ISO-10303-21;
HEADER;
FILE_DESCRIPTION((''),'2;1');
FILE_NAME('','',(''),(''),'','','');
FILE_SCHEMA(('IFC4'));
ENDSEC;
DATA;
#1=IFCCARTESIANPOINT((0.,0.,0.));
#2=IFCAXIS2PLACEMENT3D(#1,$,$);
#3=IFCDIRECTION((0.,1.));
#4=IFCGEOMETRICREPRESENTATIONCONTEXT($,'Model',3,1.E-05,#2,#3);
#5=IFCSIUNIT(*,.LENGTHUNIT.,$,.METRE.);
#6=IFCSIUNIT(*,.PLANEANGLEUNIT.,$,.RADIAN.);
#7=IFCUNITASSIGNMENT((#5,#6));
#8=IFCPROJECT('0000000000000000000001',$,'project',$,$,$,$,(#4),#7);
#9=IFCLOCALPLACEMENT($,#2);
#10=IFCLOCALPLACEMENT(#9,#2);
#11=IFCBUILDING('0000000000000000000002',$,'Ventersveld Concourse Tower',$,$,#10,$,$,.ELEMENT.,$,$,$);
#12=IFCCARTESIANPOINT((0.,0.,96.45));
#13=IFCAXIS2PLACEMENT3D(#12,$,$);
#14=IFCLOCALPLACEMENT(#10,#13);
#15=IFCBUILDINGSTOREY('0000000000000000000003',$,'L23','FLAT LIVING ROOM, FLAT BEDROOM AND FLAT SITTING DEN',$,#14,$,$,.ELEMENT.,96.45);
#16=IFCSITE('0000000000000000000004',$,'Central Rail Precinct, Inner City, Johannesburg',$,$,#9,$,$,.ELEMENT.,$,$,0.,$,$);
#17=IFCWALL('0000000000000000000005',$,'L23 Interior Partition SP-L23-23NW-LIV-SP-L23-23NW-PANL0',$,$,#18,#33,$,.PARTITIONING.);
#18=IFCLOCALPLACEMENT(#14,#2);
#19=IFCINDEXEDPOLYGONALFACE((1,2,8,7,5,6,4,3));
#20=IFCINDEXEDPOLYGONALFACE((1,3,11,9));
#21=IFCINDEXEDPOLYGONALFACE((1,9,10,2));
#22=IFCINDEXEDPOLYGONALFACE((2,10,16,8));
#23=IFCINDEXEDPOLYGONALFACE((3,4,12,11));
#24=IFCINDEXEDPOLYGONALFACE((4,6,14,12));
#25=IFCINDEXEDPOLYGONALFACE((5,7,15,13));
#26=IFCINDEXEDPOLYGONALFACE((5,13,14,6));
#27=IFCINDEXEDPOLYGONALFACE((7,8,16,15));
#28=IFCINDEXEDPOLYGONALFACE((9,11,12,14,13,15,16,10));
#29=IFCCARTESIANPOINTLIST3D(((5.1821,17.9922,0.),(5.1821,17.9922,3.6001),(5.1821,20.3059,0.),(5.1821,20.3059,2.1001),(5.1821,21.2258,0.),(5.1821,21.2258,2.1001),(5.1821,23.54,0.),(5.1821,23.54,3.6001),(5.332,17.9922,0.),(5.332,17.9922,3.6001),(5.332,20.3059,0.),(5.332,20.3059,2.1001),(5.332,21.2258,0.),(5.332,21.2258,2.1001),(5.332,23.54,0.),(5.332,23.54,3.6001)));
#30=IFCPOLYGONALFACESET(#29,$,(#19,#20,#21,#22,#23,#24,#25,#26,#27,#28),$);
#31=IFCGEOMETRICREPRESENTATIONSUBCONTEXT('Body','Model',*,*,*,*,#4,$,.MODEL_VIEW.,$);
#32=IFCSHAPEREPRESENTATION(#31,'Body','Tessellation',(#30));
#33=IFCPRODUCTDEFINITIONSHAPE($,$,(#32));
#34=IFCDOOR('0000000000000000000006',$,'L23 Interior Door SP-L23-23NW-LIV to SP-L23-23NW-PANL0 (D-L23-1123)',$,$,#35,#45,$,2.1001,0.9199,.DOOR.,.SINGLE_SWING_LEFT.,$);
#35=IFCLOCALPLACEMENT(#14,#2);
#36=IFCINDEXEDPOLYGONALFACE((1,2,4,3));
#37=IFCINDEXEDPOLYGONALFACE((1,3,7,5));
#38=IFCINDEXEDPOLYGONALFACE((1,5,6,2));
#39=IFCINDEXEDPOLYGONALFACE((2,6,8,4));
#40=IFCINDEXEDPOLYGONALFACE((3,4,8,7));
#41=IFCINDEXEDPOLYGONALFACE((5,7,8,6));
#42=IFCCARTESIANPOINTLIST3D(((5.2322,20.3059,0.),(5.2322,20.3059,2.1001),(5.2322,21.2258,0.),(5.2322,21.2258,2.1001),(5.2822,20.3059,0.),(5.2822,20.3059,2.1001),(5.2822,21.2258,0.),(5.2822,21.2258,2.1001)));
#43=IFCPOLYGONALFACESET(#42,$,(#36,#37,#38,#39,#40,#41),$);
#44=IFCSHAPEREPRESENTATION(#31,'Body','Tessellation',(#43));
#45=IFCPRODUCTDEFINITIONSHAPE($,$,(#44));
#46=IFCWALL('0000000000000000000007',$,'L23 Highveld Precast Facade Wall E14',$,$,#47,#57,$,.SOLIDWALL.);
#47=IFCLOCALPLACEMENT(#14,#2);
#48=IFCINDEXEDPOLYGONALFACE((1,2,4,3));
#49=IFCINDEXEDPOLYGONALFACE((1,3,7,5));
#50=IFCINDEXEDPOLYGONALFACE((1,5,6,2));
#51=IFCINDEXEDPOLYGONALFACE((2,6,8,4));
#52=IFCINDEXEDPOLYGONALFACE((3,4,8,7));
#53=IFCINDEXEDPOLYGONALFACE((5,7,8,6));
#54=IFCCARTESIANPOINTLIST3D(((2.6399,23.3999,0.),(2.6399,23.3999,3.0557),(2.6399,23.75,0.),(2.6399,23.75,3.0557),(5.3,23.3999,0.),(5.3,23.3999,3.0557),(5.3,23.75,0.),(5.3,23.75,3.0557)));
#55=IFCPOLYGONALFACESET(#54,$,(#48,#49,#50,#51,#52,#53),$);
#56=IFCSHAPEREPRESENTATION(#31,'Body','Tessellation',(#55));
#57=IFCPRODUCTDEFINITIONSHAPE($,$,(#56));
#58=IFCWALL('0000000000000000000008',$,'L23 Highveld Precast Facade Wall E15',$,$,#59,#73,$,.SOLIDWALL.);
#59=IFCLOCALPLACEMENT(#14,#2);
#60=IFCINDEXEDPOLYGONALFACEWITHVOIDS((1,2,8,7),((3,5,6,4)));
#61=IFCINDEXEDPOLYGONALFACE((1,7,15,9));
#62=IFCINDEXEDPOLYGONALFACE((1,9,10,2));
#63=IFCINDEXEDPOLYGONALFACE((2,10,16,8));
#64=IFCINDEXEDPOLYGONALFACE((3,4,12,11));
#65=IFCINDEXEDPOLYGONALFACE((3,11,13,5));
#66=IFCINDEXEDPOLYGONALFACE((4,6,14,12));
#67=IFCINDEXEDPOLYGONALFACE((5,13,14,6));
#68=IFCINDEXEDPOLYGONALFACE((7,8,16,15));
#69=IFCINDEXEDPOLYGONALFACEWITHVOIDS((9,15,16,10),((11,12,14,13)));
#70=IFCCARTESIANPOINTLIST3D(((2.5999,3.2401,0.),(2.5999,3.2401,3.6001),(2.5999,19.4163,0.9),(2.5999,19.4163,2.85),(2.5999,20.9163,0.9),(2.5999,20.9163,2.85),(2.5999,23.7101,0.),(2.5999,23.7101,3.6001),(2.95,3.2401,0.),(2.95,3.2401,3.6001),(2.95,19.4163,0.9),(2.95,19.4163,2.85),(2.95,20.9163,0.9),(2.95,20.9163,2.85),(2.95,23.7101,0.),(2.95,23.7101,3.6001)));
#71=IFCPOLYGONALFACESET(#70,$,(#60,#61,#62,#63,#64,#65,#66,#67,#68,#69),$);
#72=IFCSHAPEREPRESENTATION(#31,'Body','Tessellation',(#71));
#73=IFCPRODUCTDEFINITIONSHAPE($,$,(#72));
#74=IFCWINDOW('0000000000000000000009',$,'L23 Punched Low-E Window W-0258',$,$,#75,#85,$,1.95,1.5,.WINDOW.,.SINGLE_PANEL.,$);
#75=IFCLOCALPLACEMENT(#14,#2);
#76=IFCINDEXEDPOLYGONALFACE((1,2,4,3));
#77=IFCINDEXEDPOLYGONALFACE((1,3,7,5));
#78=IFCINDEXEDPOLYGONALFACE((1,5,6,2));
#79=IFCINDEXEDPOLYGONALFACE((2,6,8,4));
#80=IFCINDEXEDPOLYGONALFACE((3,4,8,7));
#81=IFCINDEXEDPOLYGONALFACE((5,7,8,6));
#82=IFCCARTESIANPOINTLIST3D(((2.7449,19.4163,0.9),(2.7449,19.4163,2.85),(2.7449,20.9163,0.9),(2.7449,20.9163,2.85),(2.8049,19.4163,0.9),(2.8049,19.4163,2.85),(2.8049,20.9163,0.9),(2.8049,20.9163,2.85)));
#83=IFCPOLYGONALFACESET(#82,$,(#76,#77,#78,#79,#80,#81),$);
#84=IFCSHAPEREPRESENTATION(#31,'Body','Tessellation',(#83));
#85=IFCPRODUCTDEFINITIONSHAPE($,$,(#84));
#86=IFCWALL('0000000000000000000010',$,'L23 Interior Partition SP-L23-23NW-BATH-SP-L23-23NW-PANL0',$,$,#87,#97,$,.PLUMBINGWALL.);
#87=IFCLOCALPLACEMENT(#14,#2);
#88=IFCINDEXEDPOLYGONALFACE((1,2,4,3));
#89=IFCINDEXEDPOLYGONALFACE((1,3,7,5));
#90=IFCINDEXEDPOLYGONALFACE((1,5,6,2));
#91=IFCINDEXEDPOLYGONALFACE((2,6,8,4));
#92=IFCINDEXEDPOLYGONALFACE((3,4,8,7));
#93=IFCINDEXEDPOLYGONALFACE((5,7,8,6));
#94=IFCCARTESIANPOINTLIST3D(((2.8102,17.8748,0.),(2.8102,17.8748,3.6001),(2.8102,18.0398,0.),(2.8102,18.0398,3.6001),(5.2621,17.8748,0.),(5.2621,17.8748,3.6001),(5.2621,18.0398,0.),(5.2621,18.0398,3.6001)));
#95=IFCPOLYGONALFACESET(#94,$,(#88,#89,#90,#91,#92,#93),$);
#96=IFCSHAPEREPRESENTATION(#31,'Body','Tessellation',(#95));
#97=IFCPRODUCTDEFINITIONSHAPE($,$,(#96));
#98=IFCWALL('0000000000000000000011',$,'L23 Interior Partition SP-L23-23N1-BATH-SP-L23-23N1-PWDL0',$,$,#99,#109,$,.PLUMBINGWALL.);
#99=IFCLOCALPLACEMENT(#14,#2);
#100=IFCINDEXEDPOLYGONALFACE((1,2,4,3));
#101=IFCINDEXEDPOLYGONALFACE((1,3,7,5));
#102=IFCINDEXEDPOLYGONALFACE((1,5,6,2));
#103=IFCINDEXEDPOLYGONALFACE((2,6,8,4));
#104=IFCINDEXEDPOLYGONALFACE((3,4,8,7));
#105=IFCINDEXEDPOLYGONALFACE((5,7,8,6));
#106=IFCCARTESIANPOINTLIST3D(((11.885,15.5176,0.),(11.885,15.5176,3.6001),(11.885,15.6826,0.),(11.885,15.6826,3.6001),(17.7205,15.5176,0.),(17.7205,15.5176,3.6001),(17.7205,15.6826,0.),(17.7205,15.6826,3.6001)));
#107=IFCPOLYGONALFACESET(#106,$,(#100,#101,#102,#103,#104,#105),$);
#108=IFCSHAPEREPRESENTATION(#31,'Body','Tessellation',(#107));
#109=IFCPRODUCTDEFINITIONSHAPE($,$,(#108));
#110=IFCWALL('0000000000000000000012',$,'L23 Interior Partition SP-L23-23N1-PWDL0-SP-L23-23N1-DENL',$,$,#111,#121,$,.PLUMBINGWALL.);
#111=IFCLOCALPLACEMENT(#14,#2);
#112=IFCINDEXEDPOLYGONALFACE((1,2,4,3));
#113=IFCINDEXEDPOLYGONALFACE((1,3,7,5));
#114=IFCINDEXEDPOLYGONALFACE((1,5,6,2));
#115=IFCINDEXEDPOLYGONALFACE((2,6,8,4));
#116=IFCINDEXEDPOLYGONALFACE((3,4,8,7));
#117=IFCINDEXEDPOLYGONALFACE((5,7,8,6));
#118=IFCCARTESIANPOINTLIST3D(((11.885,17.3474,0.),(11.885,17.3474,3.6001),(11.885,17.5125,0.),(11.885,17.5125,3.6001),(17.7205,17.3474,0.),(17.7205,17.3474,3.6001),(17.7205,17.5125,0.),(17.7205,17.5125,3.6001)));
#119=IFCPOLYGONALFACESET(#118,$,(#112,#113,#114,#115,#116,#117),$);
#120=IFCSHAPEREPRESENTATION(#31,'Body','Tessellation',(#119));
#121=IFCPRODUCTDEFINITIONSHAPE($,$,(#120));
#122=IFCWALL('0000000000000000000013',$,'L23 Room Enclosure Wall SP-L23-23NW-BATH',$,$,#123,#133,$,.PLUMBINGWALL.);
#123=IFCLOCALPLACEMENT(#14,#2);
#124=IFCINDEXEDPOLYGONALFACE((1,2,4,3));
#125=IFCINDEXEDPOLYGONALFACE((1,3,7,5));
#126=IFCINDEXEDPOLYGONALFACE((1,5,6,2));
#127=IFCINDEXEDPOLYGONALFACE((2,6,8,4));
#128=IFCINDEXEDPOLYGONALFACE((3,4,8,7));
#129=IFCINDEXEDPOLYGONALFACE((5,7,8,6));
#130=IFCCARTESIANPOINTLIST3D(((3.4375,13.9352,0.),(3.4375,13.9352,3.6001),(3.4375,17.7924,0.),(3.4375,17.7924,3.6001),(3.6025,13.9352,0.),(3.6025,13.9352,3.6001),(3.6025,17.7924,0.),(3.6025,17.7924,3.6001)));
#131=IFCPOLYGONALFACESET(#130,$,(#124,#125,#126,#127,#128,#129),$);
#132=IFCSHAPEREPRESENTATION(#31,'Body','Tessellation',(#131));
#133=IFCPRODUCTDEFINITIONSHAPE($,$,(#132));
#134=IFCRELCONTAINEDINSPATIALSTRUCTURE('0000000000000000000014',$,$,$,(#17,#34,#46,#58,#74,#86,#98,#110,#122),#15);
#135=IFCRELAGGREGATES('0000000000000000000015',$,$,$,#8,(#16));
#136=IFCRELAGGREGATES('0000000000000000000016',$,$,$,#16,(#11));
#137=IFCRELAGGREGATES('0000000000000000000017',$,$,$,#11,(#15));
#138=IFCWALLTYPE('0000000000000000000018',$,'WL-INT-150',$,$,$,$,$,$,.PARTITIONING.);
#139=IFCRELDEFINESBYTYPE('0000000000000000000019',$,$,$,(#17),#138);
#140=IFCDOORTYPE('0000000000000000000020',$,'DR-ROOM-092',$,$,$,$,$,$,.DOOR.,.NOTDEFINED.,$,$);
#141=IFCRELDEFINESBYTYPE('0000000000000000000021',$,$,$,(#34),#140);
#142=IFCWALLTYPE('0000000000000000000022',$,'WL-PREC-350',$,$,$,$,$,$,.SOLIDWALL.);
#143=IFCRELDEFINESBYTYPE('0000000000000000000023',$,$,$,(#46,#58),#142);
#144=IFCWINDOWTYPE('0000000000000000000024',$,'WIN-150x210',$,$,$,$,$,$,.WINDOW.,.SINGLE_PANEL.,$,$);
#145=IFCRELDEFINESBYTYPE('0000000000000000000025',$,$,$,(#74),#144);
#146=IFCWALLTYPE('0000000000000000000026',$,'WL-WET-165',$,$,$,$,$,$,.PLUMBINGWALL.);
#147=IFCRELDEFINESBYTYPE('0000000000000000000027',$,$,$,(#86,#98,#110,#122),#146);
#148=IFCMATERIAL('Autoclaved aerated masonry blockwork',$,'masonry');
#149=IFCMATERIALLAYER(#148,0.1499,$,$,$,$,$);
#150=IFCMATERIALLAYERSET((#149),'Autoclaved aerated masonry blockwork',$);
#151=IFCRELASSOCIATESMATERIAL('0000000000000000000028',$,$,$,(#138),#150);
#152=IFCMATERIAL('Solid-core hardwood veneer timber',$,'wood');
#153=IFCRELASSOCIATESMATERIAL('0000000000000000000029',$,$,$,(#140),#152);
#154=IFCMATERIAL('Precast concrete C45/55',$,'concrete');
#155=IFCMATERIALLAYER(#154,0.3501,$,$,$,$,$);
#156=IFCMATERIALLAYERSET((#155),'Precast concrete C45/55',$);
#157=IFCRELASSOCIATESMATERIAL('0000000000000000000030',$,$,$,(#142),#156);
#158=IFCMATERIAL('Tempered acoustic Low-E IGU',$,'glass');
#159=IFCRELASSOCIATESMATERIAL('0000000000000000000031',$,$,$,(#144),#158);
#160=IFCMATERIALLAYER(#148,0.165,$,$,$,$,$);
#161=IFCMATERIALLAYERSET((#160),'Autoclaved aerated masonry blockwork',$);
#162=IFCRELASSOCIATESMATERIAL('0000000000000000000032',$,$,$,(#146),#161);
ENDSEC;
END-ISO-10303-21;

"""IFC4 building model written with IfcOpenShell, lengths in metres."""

from ifc_helpers import new_model, si_unit, direction, frame, frame_2d, origin, place, context, subcontext, project, spatial, rectangle, extrude, material, layer, layer_set, type_object, element, fill, save


model = new_model("IFC4")

# Units and contexts
model_context = context("Model", 3, precision=1e-05, world=origin(), true_north=direction((0.0, 1.0)))
body_context = subcontext(model_context, "Body", "Model", "MODEL_VIEW")
ifc_project = project(units=[si_unit("LENGTHUNIT", "METRE"), si_unit("PLANEANGLEUNIT", "RADIAN")], contexts=[model_context])

# Site, building, storey
site_placement = place(None, origin())
site = spatial("IfcSite", under=ifc_project, at=site_placement, Name="Central Rail Precinct, Inner City, Johannesburg", CompositionType="ELEMENT", RefElevation=0.0)
building_placement = place(site_placement, origin())
building = spatial("IfcBuilding", under=site, at=building_placement, Name="Ventersveld Concourse Tower", CompositionType="ELEMENT")
storey_placement = place(building_placement, frame((0.0, 0.0, 96.45)))
storey = spatial("IfcBuildingStorey", under=building, at=storey_placement, Name="L23", Description="FLAT LIVING ROOM, FLAT BEDROOM AND FLAT SITTING DEN", CompositionType="ELEMENT", Elevation=96.45)

# Shared definitions
ifc_material_1 = material(Name="Solid-core hardwood veneer timber", Category="wood")

# Wall, opening, door
ifc_material_2 = material(Name="Autoclaved aerated masonry blockwork", Category="masonry")
ifc_layer_1 = layer(ifc_material_2, 0.1499)
ifc_layer_set_1 = layer_set([ifc_layer_1], Name="Autoclaved aerated masonry blockwork")
wall_type_1 = type_object("IfcWallType", Name="WL-INT-150", PredefinedType="PARTITIONING", material=ifc_layer_set_1)
wall_1_placement = place(storey_placement, frame((5.2571, 17.9922, 0.0), z_axis=(0.0, 0.0, 1.0), x_axis=(0.0, 1.0, 0.0)))
wall_1 = element("IfcWall", 1, at=wall_1_placement, inside=storey, type_object=wall_type_1, Name="L23 Interior Partition SP-L23-23NW-LIV-SP-L23-23NW-PANL0", PredefinedType="PARTITIONING", context=body_context, shape_type="SweptSolid", body=[
    extrude(rectangle(XDim=5.5479, YDim=0.1499, at=frame_2d((2.7739, 0.0))), origin(), (0.0, 0.0, 1.0), 3.6001),
])
opening_1_placement = place(wall_1_placement, frame((2.3137, 0.0, 0.0)))
opening_1 = element("IfcOpeningElement", 2, at=opening_1_placement, cuts=wall_1, PredefinedType="OPENING", context=body_context, shape_type="SweptSolid", body=[
    extrude(rectangle(XDim=0.9199, YDim=2.1001, at=frame_2d((0.46, 1.05))), frame((0.0, 0.085, 0.0), z_axis=(0.0, -1.0, 0.0), x_axis=(1.0, 0.0, 0.0)), (0.0, 0.0, 1.0), 0.1699),
])
door_type_1 = type_object("IfcDoorType", Name="DR-ROOM-092", OperationType="NOTDEFINED", PredefinedType="DOOR", material=ifc_material_1)
door_1_placement = place(opening_1_placement, origin())
door_1 = element("IfcDoor", 3, at=door_1_placement, inside=storey, type_object=door_type_1, Name="L23 Interior Door SP-L23-23NW-LIV to SP-L23-23NW-PANL0 (D-L23-1123)", OperationType="SINGLE_SWING_LEFT", OverallHeight=2.1001, OverallWidth=0.9199, PredefinedType="DOOR", context=body_context, shape_type="SweptSolid", body=[
    extrude(rectangle(XDim=0.9199, YDim=2.1001, at=frame_2d((0.46, 1.05))), frame((0.0, 0.0249, 0.0), z_axis=(0.0, -1.0, 0.0), x_axis=(1.0, 0.0, 0.0)), (0.0, 0.0, 1.0), 0.05),
])
fill(opening_1, door_1)

# Wall
ifc_material_3 = material(Name="Precast concrete C45/55", Category="concrete")
ifc_layer_2 = layer(ifc_material_3, 0.3501)
ifc_layer_set_2 = layer_set([ifc_layer_2], Name="Precast concrete C45/55")
wall_type_2 = type_object("IfcWallType", Name="WL-PREC-350", PredefinedType="SOLIDWALL", material=ifc_layer_set_2)
wall_2_placement = place(storey_placement, frame((5.3, 23.575, 0.0), z_axis=(0.0, 0.0, 1.0), x_axis=(-1.0, 0.0, 0.0)))
element("IfcWall", 4, at=wall_2_placement, inside=storey, type_object=wall_type_2, Name="L23 Highveld Precast Facade Wall E14", PredefinedType="SOLIDWALL", context=body_context, shape_type="SweptSolid", body=[
    extrude(rectangle(XDim=2.6602, YDim=0.3501, at=frame_2d((1.3301, 0.0))), origin(), (0.0, 0.0, 1.0), 3.0557),
])

# Wall, opening, window
wall_3_placement = place(storey_placement, frame((2.7749, 23.71, 0.0), z_axis=(0.0, 0.0, 1.0), x_axis=(0.0, -1.0, 0.0)))
wall_3 = element("IfcWall", 5, at=wall_3_placement, inside=storey, type_object=wall_type_2, Name="L23 Highveld Precast Facade Wall E15", PredefinedType="SOLIDWALL", context=body_context, shape_type="SweptSolid", body=[
    extrude(rectangle(XDim=20.47, YDim=0.3501, at=frame_2d((10.2349, 0.0))), origin(), (0.0, 0.0, 1.0), 3.6001),
])
opening_2_placement = place(wall_3_placement, frame((2.7937, 0.0, 0.8999)))
opening_2 = element("IfcOpeningElement", 6, at=opening_2_placement, cuts=wall_3, PredefinedType="OPENING", context=body_context, shape_type="SweptSolid", body=[
    extrude(rectangle(XDim=1.5, YDim=1.95, at=frame_2d((0.75, 0.9751))), frame((0.0, 0.1851, 0.0), z_axis=(0.0, -1.0, 0.0), x_axis=(1.0, 0.0, 0.0)), (0.0, 0.0, 1.0), 0.3701),
])
ifc_material_4 = material(Name="Tempered acoustic Low-E IGU", Category="glass")
window_type = type_object("IfcWindowType", Name="WIN-150x210", PartitioningType="SINGLE_PANEL", PredefinedType="WINDOW", material=ifc_material_4)
window_placement = place(opening_2_placement, origin())
window = element("IfcWindow", 7, at=window_placement, inside=storey, type_object=window_type, Name="L23 Punched Low-E Window W-0258", OverallHeight=1.95, OverallWidth=1.5, PartitioningType="SINGLE_PANEL", PredefinedType="WINDOW", context=body_context, shape_type="SweptSolid", body=[
    extrude(rectangle(XDim=1.5, YDim=1.95, at=frame_2d((0.75, 0.9751))), frame((0.0, 0.03, 0.0), z_axis=(0.0, -1.0, 0.0), x_axis=(1.0, 0.0, 0.0)), (0.0, 0.0, 1.0), 0.0601),
])
fill(opening_2, window)

# Walls
ifc_layer_3 = layer(ifc_material_2, 0.165)
ifc_layer_set_3 = layer_set([ifc_layer_3], Name="Autoclaved aerated masonry blockwork")
wall_type_3 = type_object("IfcWallType", Name="WL-WET-165", PredefinedType="PLUMBINGWALL", material=ifc_layer_set_3)
wall_4_placement = place(storey_placement, frame((2.8101, 17.9573, 0.0), z_axis=(0.0, 0.0, 1.0), x_axis=(1.0, 0.0, 0.0)))
element("IfcWall", 8, at=wall_4_placement, inside=storey, type_object=wall_type_3, Name="L23 Interior Partition SP-L23-23NW-BATH-SP-L23-23NW-PANL0", PredefinedType="PLUMBINGWALL", context=body_context, shape_type="SweptSolid", body=[
    extrude(rectangle(XDim=2.4519, YDim=0.165, at=frame_2d((1.2261, 0.0))), origin(), (0.0, 0.0, 1.0), 3.6001),
])
for number, where, z_axis, x_axis, name in (
    (9, (11.885, 15.6001, 0.0), (0.0, 0.0, 1.0), (1.0, 0.0, 0.0), "L23 Interior Partition SP-L23-23N1-BATH-SP-L23-23N1-PWDL0"),
    (10, (11.885, 17.4299, 0.0), (0.0, 0.0, 1.0), (1.0, 0.0, 0.0), "L23 Interior Partition SP-L23-23N1-PWDL0-SP-L23-23N1-DENL"),
):
    element("IfcWall", number, at=place(storey_placement, frame(where, z_axis=z_axis, x_axis=x_axis)), inside=storey, type_object=wall_type_3, Name=name, PredefinedType="PLUMBINGWALL", context=body_context, shape_type="SweptSolid", body=[
        extrude(rectangle(XDim=5.8354, YDim=0.165, at=frame_2d((2.9177, 0.0))), origin(), (0.0, 0.0, 1.0), 3.6001),
    ])
wall_5_placement = place(storey_placement, frame((3.52, 13.9351, 0.0), z_axis=(0.0, 0.0, 1.0), x_axis=(0.0, 1.0, 0.0)))
element("IfcWall", 11, at=wall_5_placement, inside=storey, type_object=wall_type_3, Name="L23 Room Enclosure Wall SP-L23-23NW-BATH", PredefinedType="PLUMBINGWALL", context=body_context, shape_type="SweptSolid", body=[
    extrude(rectangle(XDim=3.8572, YDim=0.165, at=frame_2d((1.9287, 0.0))), origin(), (0.0, 0.0, 1.0), 3.6001),
])

save(model, "model.ifc")
